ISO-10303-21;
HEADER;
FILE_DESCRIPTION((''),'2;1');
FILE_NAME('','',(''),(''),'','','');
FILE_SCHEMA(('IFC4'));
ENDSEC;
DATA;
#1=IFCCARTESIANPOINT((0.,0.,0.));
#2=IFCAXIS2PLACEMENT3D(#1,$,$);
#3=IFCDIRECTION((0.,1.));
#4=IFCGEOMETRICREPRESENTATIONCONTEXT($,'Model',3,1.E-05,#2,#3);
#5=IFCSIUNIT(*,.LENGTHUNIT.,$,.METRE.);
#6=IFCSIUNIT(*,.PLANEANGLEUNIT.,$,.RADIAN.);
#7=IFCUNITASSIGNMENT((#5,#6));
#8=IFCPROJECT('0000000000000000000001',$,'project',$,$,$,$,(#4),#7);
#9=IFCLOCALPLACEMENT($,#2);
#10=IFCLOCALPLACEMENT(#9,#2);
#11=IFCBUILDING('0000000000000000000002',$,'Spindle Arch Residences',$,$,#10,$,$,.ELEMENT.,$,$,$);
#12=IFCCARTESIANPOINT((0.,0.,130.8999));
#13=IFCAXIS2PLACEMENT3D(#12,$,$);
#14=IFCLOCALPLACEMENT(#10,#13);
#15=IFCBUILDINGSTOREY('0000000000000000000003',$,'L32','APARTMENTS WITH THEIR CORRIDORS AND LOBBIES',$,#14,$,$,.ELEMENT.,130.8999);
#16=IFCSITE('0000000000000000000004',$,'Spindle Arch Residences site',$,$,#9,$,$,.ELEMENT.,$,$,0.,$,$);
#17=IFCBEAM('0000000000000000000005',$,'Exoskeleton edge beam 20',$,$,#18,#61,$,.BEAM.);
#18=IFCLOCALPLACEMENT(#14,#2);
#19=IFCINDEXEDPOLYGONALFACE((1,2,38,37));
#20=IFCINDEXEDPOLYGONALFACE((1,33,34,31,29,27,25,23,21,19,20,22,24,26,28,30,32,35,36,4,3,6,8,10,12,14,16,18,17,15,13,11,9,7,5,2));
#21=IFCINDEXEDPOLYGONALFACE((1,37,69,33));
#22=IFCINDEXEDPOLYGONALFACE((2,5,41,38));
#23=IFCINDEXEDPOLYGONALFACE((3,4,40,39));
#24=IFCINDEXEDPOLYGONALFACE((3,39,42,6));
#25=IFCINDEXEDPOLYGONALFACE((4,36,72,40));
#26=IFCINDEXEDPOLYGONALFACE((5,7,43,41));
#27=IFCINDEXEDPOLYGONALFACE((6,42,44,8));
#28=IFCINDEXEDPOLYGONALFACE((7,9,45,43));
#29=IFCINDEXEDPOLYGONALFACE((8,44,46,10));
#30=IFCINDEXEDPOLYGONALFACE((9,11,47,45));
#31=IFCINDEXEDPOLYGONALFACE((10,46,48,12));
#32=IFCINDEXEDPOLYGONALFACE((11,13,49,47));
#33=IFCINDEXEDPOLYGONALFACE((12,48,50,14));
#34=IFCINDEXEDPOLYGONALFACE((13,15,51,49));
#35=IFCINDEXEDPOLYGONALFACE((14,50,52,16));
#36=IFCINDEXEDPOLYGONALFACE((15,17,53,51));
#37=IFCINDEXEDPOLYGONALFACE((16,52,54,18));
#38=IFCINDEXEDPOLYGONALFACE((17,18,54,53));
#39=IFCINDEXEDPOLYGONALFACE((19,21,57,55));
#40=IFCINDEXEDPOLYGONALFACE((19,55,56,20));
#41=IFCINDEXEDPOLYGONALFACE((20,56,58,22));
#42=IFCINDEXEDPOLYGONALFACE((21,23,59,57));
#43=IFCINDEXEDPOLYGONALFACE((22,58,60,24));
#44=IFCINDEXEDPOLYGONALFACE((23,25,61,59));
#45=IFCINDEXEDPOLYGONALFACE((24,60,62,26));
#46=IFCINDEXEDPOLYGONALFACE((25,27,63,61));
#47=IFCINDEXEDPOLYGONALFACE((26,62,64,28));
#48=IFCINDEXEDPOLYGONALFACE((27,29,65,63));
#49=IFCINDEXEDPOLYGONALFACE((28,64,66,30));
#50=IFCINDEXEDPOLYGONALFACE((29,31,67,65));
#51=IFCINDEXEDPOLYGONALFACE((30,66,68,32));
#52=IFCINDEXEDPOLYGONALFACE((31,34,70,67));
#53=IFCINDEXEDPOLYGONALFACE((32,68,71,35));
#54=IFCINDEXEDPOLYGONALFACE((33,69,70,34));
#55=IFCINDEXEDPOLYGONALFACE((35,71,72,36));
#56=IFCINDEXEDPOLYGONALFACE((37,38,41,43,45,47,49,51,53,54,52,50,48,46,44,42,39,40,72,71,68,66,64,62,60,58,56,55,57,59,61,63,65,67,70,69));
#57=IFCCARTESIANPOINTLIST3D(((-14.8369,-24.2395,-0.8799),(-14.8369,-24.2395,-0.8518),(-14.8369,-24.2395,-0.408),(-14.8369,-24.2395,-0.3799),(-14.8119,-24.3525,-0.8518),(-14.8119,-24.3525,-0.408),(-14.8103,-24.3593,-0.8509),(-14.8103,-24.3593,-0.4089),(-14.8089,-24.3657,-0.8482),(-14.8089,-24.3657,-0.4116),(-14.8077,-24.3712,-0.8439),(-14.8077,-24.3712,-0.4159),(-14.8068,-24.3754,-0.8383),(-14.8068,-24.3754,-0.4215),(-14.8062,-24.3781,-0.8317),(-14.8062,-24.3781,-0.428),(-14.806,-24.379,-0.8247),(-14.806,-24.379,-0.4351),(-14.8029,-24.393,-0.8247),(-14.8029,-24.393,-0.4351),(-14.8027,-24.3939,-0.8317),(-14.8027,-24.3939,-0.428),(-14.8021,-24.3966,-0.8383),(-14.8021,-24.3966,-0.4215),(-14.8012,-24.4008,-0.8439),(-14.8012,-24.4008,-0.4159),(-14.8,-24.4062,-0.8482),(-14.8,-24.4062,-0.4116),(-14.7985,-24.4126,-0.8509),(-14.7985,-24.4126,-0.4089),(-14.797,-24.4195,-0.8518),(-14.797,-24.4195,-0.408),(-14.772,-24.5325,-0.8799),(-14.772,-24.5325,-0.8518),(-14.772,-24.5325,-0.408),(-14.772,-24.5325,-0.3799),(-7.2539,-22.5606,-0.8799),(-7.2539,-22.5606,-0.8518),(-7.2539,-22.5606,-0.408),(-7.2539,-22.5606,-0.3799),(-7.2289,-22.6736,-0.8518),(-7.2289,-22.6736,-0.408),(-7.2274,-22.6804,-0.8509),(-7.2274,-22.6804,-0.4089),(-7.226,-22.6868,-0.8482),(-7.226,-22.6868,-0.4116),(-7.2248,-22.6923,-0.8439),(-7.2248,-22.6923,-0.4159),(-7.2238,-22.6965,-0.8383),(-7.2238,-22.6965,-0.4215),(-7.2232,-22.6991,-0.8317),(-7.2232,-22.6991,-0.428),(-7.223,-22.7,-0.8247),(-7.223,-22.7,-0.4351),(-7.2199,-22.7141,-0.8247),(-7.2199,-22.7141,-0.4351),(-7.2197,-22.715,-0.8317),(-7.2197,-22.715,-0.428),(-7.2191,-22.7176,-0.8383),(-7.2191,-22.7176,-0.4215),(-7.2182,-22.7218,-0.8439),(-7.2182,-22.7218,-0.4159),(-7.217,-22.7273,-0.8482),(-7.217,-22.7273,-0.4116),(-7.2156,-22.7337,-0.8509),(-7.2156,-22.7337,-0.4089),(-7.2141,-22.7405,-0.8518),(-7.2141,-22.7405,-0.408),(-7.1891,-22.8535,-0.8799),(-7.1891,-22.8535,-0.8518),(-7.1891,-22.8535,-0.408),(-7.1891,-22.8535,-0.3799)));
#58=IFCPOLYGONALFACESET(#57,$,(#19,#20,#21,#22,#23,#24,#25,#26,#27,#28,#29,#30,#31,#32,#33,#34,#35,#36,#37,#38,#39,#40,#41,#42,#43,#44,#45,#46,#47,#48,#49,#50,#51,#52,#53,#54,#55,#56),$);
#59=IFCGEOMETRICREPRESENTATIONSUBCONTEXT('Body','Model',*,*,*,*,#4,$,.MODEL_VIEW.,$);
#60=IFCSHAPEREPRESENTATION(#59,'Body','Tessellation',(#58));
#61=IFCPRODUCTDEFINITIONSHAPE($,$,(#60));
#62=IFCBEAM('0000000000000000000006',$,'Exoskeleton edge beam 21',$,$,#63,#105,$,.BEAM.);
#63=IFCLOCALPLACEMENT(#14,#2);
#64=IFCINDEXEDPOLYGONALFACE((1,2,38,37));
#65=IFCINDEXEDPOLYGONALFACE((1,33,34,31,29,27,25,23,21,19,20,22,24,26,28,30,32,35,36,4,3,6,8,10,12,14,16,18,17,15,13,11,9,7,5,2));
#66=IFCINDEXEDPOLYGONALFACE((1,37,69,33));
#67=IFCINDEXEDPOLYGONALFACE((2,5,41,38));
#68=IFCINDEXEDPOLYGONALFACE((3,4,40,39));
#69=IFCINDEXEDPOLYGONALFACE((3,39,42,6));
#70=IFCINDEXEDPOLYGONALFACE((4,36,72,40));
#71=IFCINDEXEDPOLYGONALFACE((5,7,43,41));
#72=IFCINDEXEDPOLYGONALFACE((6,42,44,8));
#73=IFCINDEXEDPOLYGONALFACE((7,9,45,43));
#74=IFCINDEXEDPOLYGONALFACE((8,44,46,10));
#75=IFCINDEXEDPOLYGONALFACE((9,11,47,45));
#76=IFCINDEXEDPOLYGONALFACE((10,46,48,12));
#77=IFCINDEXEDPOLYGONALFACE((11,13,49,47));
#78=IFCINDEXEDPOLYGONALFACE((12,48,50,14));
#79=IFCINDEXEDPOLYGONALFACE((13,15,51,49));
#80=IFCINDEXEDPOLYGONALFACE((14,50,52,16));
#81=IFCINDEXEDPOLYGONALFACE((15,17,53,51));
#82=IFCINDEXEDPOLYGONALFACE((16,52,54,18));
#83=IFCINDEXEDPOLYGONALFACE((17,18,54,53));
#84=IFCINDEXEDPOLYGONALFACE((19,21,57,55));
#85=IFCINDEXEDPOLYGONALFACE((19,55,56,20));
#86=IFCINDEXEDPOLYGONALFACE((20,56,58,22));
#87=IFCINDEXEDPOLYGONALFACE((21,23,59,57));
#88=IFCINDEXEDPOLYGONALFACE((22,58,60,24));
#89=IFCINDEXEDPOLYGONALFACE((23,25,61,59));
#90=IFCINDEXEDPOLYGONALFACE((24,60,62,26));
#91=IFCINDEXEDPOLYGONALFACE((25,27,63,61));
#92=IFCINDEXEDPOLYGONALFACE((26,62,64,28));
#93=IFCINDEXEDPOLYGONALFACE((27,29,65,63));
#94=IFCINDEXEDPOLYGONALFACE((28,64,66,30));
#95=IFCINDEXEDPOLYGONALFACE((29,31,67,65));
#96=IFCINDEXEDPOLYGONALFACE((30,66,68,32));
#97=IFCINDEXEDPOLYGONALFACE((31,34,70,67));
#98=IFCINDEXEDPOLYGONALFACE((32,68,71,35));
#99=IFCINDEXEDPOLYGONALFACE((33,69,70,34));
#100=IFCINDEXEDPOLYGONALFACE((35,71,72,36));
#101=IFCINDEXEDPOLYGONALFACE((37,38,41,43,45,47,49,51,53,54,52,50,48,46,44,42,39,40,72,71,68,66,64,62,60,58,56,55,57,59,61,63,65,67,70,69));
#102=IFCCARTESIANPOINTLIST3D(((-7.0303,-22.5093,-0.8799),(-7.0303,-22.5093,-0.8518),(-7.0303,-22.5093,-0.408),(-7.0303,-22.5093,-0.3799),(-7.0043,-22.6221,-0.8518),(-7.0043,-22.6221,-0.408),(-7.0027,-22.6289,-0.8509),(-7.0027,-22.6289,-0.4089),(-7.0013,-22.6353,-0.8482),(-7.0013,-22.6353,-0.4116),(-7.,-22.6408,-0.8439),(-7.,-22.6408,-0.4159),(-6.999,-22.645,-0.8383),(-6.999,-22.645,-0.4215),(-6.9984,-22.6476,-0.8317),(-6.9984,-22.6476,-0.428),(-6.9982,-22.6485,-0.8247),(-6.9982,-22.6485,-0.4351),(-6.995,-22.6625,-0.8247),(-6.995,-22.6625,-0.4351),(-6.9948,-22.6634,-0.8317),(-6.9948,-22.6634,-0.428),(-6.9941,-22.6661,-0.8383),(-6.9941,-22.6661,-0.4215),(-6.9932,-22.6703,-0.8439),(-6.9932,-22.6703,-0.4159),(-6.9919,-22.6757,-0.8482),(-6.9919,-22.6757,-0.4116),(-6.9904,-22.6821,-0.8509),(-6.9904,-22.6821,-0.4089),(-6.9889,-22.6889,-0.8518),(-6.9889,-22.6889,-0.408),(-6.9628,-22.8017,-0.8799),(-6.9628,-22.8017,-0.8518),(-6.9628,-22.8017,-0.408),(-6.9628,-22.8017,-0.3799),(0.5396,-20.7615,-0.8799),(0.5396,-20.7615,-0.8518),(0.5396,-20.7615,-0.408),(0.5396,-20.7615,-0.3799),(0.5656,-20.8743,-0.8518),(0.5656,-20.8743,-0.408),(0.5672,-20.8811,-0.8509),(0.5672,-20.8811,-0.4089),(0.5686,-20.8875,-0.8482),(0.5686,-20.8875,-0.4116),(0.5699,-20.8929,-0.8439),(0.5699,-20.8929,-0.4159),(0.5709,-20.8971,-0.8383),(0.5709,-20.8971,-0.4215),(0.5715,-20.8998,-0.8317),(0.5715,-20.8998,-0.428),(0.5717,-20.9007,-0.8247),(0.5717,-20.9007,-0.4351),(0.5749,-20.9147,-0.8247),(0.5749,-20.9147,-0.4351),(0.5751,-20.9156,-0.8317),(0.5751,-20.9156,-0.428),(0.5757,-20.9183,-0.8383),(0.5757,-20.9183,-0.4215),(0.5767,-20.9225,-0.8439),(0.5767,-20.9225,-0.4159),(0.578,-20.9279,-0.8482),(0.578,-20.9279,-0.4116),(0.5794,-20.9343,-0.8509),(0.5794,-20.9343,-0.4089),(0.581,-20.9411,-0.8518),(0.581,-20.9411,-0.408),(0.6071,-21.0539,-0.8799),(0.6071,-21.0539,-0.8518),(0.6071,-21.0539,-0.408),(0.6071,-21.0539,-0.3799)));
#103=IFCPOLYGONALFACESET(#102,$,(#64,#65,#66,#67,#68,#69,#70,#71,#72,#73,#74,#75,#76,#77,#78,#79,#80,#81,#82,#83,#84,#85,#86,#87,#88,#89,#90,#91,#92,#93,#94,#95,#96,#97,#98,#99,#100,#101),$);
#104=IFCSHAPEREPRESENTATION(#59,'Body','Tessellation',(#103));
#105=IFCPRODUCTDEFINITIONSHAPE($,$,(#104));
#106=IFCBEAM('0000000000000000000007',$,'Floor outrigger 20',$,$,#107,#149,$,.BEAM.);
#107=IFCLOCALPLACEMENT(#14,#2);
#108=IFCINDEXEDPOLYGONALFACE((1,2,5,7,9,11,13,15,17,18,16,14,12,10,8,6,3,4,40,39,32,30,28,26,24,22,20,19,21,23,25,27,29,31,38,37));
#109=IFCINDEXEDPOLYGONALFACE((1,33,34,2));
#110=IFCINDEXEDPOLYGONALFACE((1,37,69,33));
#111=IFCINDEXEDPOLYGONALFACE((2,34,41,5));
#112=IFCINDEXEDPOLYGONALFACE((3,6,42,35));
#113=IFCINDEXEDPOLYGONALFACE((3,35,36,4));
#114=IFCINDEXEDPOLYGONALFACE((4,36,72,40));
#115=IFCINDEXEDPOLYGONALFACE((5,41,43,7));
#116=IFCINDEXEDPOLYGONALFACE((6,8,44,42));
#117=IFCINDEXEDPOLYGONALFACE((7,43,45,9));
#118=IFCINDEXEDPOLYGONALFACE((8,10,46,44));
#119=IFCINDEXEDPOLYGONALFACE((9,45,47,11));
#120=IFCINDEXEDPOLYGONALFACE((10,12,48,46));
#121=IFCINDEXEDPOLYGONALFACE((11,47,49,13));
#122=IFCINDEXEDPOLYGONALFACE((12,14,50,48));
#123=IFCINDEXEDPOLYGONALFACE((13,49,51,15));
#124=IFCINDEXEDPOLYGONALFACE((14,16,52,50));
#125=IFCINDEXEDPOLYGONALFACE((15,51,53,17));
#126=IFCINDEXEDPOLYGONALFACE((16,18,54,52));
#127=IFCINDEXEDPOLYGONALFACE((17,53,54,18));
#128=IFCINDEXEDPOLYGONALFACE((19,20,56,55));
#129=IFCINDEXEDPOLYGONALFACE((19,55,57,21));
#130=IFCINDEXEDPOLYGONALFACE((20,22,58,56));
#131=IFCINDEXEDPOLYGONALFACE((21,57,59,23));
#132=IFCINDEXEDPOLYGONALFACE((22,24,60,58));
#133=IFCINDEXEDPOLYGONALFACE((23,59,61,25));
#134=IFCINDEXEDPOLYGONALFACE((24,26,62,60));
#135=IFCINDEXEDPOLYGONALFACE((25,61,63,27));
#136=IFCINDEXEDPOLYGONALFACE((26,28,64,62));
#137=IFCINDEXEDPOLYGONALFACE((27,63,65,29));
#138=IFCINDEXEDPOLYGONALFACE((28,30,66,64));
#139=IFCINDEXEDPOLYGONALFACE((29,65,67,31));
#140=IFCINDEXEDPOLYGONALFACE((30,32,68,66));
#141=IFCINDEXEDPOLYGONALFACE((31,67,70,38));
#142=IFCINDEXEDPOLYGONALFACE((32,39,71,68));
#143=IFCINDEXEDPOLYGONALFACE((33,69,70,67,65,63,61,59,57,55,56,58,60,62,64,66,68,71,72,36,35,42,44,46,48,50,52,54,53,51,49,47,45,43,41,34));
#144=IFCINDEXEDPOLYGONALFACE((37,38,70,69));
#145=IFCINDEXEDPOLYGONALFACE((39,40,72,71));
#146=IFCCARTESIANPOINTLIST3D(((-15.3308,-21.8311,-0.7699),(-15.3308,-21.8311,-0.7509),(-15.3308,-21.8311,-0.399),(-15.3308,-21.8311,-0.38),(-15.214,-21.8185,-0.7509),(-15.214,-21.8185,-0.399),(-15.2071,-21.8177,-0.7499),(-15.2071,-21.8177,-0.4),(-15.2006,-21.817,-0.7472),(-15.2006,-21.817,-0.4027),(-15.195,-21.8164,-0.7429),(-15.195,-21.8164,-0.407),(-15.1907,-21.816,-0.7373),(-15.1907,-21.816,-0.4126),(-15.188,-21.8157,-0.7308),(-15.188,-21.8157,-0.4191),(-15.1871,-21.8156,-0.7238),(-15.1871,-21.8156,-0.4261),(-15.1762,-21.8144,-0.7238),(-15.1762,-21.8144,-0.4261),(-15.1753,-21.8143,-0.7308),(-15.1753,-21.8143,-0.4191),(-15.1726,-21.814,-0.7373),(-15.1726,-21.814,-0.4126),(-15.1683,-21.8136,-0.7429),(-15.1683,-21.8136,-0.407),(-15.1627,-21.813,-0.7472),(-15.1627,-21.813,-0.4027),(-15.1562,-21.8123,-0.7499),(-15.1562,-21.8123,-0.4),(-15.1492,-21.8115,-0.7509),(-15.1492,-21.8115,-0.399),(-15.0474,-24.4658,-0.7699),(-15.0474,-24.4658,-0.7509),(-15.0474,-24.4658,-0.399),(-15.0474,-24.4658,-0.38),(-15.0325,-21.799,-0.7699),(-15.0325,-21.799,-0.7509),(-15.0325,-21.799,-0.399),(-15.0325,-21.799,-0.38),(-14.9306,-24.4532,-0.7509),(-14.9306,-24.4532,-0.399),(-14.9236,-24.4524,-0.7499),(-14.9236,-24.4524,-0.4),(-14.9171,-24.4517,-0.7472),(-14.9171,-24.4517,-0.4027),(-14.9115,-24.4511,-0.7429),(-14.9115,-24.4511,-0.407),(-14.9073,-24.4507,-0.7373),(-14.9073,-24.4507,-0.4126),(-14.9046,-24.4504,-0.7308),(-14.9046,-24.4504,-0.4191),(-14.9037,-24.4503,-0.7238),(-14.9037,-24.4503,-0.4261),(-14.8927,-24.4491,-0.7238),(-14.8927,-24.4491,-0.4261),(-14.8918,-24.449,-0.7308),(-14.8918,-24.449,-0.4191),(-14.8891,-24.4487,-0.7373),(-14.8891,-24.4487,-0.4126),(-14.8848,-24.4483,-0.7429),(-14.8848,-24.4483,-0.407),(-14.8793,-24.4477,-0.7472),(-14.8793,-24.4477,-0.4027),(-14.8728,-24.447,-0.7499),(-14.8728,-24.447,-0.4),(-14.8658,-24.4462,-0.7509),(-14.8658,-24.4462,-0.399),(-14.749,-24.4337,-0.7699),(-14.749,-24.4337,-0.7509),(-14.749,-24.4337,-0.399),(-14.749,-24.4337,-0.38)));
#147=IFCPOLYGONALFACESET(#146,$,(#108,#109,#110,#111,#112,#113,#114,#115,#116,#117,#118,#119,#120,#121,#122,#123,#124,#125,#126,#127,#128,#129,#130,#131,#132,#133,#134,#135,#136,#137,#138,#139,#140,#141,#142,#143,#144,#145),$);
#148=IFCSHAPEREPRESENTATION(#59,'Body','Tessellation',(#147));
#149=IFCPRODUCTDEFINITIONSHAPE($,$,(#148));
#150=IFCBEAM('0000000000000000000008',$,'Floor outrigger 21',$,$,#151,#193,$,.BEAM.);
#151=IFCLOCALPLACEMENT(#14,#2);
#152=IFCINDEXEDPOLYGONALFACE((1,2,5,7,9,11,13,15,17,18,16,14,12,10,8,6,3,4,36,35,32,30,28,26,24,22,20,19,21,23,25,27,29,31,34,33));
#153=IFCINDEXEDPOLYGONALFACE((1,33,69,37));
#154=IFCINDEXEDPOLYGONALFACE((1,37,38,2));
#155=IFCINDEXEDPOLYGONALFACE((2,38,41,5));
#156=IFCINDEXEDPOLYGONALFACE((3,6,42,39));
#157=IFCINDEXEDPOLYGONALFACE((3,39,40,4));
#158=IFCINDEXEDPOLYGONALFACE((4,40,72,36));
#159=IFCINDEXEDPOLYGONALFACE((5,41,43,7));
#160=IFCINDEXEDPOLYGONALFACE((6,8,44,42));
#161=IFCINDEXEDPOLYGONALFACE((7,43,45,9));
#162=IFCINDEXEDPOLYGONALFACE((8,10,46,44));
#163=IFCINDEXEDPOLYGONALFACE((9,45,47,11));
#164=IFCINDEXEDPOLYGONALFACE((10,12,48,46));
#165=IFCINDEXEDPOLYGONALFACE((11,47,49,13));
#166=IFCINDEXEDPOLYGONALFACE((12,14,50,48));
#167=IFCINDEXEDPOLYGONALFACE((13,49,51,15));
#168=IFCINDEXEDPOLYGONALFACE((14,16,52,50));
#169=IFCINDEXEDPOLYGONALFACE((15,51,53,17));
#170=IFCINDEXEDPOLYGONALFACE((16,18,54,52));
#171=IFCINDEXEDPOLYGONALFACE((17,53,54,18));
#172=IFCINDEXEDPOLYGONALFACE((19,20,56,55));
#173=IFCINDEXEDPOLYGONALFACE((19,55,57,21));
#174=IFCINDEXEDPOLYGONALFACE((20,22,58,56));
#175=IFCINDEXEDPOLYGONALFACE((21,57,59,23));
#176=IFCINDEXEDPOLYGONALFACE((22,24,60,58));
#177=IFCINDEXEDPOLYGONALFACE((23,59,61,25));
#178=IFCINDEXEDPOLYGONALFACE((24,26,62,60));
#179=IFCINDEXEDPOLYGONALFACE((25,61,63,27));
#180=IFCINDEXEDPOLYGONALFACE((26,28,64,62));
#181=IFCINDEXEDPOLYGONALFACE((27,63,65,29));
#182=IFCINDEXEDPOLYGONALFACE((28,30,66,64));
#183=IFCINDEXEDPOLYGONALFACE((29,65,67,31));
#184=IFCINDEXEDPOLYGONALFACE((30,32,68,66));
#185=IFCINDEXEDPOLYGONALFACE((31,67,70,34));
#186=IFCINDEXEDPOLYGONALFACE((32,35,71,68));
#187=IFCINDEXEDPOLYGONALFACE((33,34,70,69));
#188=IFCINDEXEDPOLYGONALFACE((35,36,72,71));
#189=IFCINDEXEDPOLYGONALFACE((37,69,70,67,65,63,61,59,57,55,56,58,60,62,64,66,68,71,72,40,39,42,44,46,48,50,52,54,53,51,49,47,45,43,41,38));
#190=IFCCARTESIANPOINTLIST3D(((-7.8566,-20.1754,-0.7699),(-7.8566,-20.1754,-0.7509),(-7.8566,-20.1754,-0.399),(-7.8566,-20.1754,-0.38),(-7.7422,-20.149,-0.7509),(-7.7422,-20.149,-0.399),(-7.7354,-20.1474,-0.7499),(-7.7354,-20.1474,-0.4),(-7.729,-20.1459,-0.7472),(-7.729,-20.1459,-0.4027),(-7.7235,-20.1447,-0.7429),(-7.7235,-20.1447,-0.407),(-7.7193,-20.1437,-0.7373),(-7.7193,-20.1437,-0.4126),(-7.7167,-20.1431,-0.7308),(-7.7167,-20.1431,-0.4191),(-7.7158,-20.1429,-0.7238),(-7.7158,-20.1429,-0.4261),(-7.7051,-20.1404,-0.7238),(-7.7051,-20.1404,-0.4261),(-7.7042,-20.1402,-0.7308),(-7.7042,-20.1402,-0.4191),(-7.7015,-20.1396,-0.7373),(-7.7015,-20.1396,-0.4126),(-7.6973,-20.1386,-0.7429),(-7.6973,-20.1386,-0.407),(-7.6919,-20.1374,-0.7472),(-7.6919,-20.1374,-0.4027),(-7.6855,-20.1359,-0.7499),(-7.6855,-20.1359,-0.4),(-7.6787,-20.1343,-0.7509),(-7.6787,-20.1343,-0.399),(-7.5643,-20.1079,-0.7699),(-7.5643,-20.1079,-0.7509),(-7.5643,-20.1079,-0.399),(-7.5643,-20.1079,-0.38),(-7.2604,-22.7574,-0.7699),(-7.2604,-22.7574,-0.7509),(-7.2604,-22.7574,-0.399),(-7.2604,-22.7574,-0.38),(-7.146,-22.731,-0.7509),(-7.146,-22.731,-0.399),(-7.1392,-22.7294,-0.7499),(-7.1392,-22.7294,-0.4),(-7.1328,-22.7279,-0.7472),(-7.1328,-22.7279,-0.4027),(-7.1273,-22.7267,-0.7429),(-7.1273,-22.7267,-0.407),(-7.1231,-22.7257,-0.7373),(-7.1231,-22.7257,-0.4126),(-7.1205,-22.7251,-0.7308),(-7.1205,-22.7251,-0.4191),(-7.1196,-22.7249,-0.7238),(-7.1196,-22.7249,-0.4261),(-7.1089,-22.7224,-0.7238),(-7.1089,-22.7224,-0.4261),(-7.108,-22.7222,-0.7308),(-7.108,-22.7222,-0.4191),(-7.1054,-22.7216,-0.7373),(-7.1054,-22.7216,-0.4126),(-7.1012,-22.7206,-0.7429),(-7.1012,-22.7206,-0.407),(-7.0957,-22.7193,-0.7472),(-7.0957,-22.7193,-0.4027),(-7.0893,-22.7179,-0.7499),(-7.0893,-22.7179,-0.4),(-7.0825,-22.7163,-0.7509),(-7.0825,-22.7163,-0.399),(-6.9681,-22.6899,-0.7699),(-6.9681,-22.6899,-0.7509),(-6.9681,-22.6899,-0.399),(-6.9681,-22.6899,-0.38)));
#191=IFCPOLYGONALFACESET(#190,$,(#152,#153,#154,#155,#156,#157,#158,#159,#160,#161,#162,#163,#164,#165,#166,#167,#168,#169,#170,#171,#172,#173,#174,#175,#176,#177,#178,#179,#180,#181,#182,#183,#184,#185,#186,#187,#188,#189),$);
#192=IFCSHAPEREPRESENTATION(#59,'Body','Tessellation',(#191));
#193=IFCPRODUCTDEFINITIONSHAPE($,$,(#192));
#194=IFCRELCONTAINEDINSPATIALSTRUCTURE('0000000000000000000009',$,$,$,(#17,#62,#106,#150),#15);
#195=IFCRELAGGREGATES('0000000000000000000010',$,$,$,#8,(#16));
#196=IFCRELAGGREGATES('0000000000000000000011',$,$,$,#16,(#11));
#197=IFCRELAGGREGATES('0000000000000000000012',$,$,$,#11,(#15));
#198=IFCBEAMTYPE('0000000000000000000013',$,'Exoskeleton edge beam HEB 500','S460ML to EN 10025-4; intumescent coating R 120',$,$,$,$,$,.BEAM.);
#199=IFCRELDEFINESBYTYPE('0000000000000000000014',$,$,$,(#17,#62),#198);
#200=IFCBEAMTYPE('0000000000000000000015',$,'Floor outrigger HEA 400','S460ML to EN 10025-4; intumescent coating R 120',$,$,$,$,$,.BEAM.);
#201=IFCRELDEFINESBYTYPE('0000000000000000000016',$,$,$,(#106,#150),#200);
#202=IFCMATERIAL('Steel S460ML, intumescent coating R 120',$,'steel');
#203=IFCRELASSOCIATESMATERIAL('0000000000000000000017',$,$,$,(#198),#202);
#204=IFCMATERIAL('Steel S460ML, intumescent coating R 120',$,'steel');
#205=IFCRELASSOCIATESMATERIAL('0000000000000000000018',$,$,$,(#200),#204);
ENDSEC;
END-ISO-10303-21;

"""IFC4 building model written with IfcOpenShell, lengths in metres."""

from ifc_helpers import new_model, si_unit, direction, frame, origin, origin_2d, place, context, subcontext, project, spatial, i_section, extrude, material, material_profile, profile_set, type_object, element, save


model = new_model("IFC4")

# Units and contexts
model_context = context("Model", 3, precision=1e-05, world=origin(), true_north=direction((0.0, 1.0)))
body_context = subcontext(model_context, "Body", "Model", "MODEL_VIEW")
ifc_project = project(units=[si_unit("LENGTHUNIT", "METRE"), si_unit("PLANEANGLEUNIT", "RADIAN")], contexts=[model_context])

# Site, building, storey
site_placement = place(None, origin())
site = spatial("IfcSite", under=ifc_project, at=site_placement, Name="Spindle Arch Residences site", CompositionType="ELEMENT", RefElevation=0.0)
building_placement = place(site_placement, origin())
building = spatial("IfcBuilding", under=site, at=building_placement, Name="Spindle Arch Residences", CompositionType="ELEMENT")
storey_placement = place(building_placement, frame((0.0, 0.0, 130.8999)))
storey = spatial("IfcBuildingStorey", under=building, at=storey_placement, Name="L32", Description="APARTMENTS WITH THEIR CORRIDORS AND LOBBIES", CompositionType="ELEMENT", Elevation=130.8999)

# Beams
ifc_material_1 = material(Name="Steel S460ML, intumescent coating R 120", Category="steel")
ifc_material_profile_1 = material_profile(ifc_material_1, i_section(OverallWidth=0.3, OverallDepth=0.5, WebThickness=0.0144, FlangeThickness=0.0281, FilletRadius=0.0271, at=origin_2d()), Name="HEB 500")
ifc_profile_set_1 = profile_set([ifc_material_profile_1], Name="Steel S460ML, intumescent coating R 120")
beam_type_1 = type_object("IfcBeamType", Name="Exoskeleton edge beam HEB 500", Description="S460ML to EN 10025-4; intumescent coating R 120", PredefinedType="BEAM", material=ifc_profile_set_1)
beam_1_placement = place(storey_placement, frame((-14.8044, -24.386, -0.6299), z_axis=(0.976355, 0.216175, 0.0), x_axis=(-0.216175, 0.976355, 0.0)))
element("IfcBeam", 1, at=beam_1_placement, inside=storey, type_object=beam_type_1, Name="Exoskeleton edge beam 20", PredefinedType="BEAM", context=body_context, shape_type="SweptSolid", body=[
    extrude(i_section(OverallWidth=0.3, OverallDepth=0.5, WebThickness=0.0144, FlangeThickness=0.0281, FilletRadius=0.0271, at=origin_2d()), origin(), (0.0, 0.0, 1.0), 7.7666),
])
beam_2_placement = place(storey_placement, frame((-6.9966, -22.6555, -0.6299), z_axis=(0.974365, 0.224972, 0.0), x_axis=(-0.224972, 0.974365, 0.0)))
element("IfcBeam", 2, at=beam_2_placement, inside=storey, type_object=beam_type_1, Name="Exoskeleton edge beam 21", PredefinedType="BEAM", context=body_context, shape_type="SweptSolid", body=[
    extrude(i_section(OverallWidth=0.3, OverallDepth=0.5, WebThickness=0.0144, FlangeThickness=0.0281, FilletRadius=0.0271, at=origin_2d()), origin(), (0.0, 0.0, 1.0), 7.769),
])
ifc_material_2 = material(Name="Steel S460ML, intumescent coating R 120", Category="steel")
ifc_material_profile_2 = material_profile(ifc_material_2, i_section(OverallWidth=0.3, OverallDepth=0.3899, WebThickness=0.011, FlangeThickness=0.019, FilletRadius=0.0271, at=origin_2d()), Name="HEA 400")
ifc_profile_set_2 = profile_set([ifc_material_profile_2], Name="Steel S460ML, intumescent coating R 120")
beam_type_2 = type_object("IfcBeamType", Name="Floor outrigger HEA 400", Description="S460ML to EN 10025-4; intumescent coating R 120", PredefinedType="BEAM", material=ifc_profile_set_2)
for number, where, z_axis, x_axis, name in (
    (3, (-14.8982, -24.4497, -0.575), (-0.106963, 0.994263, 0.0), (-0.994263, -0.106963, 0.0), "Floor outrigger 20"),
    (4, (-7.1143, -22.7236, -0.575), (-0.224981, 0.974363, 0.0), (-0.974363, -0.224981, 0.0), "Floor outrigger 21"),
):
    element("IfcBeam", number, at=place(storey_placement, frame(where, z_axis=z_axis, x_axis=x_axis)), inside=storey, type_object=beam_type_2, Name=name, PredefinedType="BEAM", context=body_context, shape_type="SweptSolid", body=[
        extrude(i_section(OverallWidth=0.3, OverallDepth=0.3899, WebThickness=0.011, FlangeThickness=0.019, FilletRadius=0.0271, at=origin_2d()), origin(), (0.0, 0.0, 1.0), 2.6499),
    ])

save(model, "model.ifc")
